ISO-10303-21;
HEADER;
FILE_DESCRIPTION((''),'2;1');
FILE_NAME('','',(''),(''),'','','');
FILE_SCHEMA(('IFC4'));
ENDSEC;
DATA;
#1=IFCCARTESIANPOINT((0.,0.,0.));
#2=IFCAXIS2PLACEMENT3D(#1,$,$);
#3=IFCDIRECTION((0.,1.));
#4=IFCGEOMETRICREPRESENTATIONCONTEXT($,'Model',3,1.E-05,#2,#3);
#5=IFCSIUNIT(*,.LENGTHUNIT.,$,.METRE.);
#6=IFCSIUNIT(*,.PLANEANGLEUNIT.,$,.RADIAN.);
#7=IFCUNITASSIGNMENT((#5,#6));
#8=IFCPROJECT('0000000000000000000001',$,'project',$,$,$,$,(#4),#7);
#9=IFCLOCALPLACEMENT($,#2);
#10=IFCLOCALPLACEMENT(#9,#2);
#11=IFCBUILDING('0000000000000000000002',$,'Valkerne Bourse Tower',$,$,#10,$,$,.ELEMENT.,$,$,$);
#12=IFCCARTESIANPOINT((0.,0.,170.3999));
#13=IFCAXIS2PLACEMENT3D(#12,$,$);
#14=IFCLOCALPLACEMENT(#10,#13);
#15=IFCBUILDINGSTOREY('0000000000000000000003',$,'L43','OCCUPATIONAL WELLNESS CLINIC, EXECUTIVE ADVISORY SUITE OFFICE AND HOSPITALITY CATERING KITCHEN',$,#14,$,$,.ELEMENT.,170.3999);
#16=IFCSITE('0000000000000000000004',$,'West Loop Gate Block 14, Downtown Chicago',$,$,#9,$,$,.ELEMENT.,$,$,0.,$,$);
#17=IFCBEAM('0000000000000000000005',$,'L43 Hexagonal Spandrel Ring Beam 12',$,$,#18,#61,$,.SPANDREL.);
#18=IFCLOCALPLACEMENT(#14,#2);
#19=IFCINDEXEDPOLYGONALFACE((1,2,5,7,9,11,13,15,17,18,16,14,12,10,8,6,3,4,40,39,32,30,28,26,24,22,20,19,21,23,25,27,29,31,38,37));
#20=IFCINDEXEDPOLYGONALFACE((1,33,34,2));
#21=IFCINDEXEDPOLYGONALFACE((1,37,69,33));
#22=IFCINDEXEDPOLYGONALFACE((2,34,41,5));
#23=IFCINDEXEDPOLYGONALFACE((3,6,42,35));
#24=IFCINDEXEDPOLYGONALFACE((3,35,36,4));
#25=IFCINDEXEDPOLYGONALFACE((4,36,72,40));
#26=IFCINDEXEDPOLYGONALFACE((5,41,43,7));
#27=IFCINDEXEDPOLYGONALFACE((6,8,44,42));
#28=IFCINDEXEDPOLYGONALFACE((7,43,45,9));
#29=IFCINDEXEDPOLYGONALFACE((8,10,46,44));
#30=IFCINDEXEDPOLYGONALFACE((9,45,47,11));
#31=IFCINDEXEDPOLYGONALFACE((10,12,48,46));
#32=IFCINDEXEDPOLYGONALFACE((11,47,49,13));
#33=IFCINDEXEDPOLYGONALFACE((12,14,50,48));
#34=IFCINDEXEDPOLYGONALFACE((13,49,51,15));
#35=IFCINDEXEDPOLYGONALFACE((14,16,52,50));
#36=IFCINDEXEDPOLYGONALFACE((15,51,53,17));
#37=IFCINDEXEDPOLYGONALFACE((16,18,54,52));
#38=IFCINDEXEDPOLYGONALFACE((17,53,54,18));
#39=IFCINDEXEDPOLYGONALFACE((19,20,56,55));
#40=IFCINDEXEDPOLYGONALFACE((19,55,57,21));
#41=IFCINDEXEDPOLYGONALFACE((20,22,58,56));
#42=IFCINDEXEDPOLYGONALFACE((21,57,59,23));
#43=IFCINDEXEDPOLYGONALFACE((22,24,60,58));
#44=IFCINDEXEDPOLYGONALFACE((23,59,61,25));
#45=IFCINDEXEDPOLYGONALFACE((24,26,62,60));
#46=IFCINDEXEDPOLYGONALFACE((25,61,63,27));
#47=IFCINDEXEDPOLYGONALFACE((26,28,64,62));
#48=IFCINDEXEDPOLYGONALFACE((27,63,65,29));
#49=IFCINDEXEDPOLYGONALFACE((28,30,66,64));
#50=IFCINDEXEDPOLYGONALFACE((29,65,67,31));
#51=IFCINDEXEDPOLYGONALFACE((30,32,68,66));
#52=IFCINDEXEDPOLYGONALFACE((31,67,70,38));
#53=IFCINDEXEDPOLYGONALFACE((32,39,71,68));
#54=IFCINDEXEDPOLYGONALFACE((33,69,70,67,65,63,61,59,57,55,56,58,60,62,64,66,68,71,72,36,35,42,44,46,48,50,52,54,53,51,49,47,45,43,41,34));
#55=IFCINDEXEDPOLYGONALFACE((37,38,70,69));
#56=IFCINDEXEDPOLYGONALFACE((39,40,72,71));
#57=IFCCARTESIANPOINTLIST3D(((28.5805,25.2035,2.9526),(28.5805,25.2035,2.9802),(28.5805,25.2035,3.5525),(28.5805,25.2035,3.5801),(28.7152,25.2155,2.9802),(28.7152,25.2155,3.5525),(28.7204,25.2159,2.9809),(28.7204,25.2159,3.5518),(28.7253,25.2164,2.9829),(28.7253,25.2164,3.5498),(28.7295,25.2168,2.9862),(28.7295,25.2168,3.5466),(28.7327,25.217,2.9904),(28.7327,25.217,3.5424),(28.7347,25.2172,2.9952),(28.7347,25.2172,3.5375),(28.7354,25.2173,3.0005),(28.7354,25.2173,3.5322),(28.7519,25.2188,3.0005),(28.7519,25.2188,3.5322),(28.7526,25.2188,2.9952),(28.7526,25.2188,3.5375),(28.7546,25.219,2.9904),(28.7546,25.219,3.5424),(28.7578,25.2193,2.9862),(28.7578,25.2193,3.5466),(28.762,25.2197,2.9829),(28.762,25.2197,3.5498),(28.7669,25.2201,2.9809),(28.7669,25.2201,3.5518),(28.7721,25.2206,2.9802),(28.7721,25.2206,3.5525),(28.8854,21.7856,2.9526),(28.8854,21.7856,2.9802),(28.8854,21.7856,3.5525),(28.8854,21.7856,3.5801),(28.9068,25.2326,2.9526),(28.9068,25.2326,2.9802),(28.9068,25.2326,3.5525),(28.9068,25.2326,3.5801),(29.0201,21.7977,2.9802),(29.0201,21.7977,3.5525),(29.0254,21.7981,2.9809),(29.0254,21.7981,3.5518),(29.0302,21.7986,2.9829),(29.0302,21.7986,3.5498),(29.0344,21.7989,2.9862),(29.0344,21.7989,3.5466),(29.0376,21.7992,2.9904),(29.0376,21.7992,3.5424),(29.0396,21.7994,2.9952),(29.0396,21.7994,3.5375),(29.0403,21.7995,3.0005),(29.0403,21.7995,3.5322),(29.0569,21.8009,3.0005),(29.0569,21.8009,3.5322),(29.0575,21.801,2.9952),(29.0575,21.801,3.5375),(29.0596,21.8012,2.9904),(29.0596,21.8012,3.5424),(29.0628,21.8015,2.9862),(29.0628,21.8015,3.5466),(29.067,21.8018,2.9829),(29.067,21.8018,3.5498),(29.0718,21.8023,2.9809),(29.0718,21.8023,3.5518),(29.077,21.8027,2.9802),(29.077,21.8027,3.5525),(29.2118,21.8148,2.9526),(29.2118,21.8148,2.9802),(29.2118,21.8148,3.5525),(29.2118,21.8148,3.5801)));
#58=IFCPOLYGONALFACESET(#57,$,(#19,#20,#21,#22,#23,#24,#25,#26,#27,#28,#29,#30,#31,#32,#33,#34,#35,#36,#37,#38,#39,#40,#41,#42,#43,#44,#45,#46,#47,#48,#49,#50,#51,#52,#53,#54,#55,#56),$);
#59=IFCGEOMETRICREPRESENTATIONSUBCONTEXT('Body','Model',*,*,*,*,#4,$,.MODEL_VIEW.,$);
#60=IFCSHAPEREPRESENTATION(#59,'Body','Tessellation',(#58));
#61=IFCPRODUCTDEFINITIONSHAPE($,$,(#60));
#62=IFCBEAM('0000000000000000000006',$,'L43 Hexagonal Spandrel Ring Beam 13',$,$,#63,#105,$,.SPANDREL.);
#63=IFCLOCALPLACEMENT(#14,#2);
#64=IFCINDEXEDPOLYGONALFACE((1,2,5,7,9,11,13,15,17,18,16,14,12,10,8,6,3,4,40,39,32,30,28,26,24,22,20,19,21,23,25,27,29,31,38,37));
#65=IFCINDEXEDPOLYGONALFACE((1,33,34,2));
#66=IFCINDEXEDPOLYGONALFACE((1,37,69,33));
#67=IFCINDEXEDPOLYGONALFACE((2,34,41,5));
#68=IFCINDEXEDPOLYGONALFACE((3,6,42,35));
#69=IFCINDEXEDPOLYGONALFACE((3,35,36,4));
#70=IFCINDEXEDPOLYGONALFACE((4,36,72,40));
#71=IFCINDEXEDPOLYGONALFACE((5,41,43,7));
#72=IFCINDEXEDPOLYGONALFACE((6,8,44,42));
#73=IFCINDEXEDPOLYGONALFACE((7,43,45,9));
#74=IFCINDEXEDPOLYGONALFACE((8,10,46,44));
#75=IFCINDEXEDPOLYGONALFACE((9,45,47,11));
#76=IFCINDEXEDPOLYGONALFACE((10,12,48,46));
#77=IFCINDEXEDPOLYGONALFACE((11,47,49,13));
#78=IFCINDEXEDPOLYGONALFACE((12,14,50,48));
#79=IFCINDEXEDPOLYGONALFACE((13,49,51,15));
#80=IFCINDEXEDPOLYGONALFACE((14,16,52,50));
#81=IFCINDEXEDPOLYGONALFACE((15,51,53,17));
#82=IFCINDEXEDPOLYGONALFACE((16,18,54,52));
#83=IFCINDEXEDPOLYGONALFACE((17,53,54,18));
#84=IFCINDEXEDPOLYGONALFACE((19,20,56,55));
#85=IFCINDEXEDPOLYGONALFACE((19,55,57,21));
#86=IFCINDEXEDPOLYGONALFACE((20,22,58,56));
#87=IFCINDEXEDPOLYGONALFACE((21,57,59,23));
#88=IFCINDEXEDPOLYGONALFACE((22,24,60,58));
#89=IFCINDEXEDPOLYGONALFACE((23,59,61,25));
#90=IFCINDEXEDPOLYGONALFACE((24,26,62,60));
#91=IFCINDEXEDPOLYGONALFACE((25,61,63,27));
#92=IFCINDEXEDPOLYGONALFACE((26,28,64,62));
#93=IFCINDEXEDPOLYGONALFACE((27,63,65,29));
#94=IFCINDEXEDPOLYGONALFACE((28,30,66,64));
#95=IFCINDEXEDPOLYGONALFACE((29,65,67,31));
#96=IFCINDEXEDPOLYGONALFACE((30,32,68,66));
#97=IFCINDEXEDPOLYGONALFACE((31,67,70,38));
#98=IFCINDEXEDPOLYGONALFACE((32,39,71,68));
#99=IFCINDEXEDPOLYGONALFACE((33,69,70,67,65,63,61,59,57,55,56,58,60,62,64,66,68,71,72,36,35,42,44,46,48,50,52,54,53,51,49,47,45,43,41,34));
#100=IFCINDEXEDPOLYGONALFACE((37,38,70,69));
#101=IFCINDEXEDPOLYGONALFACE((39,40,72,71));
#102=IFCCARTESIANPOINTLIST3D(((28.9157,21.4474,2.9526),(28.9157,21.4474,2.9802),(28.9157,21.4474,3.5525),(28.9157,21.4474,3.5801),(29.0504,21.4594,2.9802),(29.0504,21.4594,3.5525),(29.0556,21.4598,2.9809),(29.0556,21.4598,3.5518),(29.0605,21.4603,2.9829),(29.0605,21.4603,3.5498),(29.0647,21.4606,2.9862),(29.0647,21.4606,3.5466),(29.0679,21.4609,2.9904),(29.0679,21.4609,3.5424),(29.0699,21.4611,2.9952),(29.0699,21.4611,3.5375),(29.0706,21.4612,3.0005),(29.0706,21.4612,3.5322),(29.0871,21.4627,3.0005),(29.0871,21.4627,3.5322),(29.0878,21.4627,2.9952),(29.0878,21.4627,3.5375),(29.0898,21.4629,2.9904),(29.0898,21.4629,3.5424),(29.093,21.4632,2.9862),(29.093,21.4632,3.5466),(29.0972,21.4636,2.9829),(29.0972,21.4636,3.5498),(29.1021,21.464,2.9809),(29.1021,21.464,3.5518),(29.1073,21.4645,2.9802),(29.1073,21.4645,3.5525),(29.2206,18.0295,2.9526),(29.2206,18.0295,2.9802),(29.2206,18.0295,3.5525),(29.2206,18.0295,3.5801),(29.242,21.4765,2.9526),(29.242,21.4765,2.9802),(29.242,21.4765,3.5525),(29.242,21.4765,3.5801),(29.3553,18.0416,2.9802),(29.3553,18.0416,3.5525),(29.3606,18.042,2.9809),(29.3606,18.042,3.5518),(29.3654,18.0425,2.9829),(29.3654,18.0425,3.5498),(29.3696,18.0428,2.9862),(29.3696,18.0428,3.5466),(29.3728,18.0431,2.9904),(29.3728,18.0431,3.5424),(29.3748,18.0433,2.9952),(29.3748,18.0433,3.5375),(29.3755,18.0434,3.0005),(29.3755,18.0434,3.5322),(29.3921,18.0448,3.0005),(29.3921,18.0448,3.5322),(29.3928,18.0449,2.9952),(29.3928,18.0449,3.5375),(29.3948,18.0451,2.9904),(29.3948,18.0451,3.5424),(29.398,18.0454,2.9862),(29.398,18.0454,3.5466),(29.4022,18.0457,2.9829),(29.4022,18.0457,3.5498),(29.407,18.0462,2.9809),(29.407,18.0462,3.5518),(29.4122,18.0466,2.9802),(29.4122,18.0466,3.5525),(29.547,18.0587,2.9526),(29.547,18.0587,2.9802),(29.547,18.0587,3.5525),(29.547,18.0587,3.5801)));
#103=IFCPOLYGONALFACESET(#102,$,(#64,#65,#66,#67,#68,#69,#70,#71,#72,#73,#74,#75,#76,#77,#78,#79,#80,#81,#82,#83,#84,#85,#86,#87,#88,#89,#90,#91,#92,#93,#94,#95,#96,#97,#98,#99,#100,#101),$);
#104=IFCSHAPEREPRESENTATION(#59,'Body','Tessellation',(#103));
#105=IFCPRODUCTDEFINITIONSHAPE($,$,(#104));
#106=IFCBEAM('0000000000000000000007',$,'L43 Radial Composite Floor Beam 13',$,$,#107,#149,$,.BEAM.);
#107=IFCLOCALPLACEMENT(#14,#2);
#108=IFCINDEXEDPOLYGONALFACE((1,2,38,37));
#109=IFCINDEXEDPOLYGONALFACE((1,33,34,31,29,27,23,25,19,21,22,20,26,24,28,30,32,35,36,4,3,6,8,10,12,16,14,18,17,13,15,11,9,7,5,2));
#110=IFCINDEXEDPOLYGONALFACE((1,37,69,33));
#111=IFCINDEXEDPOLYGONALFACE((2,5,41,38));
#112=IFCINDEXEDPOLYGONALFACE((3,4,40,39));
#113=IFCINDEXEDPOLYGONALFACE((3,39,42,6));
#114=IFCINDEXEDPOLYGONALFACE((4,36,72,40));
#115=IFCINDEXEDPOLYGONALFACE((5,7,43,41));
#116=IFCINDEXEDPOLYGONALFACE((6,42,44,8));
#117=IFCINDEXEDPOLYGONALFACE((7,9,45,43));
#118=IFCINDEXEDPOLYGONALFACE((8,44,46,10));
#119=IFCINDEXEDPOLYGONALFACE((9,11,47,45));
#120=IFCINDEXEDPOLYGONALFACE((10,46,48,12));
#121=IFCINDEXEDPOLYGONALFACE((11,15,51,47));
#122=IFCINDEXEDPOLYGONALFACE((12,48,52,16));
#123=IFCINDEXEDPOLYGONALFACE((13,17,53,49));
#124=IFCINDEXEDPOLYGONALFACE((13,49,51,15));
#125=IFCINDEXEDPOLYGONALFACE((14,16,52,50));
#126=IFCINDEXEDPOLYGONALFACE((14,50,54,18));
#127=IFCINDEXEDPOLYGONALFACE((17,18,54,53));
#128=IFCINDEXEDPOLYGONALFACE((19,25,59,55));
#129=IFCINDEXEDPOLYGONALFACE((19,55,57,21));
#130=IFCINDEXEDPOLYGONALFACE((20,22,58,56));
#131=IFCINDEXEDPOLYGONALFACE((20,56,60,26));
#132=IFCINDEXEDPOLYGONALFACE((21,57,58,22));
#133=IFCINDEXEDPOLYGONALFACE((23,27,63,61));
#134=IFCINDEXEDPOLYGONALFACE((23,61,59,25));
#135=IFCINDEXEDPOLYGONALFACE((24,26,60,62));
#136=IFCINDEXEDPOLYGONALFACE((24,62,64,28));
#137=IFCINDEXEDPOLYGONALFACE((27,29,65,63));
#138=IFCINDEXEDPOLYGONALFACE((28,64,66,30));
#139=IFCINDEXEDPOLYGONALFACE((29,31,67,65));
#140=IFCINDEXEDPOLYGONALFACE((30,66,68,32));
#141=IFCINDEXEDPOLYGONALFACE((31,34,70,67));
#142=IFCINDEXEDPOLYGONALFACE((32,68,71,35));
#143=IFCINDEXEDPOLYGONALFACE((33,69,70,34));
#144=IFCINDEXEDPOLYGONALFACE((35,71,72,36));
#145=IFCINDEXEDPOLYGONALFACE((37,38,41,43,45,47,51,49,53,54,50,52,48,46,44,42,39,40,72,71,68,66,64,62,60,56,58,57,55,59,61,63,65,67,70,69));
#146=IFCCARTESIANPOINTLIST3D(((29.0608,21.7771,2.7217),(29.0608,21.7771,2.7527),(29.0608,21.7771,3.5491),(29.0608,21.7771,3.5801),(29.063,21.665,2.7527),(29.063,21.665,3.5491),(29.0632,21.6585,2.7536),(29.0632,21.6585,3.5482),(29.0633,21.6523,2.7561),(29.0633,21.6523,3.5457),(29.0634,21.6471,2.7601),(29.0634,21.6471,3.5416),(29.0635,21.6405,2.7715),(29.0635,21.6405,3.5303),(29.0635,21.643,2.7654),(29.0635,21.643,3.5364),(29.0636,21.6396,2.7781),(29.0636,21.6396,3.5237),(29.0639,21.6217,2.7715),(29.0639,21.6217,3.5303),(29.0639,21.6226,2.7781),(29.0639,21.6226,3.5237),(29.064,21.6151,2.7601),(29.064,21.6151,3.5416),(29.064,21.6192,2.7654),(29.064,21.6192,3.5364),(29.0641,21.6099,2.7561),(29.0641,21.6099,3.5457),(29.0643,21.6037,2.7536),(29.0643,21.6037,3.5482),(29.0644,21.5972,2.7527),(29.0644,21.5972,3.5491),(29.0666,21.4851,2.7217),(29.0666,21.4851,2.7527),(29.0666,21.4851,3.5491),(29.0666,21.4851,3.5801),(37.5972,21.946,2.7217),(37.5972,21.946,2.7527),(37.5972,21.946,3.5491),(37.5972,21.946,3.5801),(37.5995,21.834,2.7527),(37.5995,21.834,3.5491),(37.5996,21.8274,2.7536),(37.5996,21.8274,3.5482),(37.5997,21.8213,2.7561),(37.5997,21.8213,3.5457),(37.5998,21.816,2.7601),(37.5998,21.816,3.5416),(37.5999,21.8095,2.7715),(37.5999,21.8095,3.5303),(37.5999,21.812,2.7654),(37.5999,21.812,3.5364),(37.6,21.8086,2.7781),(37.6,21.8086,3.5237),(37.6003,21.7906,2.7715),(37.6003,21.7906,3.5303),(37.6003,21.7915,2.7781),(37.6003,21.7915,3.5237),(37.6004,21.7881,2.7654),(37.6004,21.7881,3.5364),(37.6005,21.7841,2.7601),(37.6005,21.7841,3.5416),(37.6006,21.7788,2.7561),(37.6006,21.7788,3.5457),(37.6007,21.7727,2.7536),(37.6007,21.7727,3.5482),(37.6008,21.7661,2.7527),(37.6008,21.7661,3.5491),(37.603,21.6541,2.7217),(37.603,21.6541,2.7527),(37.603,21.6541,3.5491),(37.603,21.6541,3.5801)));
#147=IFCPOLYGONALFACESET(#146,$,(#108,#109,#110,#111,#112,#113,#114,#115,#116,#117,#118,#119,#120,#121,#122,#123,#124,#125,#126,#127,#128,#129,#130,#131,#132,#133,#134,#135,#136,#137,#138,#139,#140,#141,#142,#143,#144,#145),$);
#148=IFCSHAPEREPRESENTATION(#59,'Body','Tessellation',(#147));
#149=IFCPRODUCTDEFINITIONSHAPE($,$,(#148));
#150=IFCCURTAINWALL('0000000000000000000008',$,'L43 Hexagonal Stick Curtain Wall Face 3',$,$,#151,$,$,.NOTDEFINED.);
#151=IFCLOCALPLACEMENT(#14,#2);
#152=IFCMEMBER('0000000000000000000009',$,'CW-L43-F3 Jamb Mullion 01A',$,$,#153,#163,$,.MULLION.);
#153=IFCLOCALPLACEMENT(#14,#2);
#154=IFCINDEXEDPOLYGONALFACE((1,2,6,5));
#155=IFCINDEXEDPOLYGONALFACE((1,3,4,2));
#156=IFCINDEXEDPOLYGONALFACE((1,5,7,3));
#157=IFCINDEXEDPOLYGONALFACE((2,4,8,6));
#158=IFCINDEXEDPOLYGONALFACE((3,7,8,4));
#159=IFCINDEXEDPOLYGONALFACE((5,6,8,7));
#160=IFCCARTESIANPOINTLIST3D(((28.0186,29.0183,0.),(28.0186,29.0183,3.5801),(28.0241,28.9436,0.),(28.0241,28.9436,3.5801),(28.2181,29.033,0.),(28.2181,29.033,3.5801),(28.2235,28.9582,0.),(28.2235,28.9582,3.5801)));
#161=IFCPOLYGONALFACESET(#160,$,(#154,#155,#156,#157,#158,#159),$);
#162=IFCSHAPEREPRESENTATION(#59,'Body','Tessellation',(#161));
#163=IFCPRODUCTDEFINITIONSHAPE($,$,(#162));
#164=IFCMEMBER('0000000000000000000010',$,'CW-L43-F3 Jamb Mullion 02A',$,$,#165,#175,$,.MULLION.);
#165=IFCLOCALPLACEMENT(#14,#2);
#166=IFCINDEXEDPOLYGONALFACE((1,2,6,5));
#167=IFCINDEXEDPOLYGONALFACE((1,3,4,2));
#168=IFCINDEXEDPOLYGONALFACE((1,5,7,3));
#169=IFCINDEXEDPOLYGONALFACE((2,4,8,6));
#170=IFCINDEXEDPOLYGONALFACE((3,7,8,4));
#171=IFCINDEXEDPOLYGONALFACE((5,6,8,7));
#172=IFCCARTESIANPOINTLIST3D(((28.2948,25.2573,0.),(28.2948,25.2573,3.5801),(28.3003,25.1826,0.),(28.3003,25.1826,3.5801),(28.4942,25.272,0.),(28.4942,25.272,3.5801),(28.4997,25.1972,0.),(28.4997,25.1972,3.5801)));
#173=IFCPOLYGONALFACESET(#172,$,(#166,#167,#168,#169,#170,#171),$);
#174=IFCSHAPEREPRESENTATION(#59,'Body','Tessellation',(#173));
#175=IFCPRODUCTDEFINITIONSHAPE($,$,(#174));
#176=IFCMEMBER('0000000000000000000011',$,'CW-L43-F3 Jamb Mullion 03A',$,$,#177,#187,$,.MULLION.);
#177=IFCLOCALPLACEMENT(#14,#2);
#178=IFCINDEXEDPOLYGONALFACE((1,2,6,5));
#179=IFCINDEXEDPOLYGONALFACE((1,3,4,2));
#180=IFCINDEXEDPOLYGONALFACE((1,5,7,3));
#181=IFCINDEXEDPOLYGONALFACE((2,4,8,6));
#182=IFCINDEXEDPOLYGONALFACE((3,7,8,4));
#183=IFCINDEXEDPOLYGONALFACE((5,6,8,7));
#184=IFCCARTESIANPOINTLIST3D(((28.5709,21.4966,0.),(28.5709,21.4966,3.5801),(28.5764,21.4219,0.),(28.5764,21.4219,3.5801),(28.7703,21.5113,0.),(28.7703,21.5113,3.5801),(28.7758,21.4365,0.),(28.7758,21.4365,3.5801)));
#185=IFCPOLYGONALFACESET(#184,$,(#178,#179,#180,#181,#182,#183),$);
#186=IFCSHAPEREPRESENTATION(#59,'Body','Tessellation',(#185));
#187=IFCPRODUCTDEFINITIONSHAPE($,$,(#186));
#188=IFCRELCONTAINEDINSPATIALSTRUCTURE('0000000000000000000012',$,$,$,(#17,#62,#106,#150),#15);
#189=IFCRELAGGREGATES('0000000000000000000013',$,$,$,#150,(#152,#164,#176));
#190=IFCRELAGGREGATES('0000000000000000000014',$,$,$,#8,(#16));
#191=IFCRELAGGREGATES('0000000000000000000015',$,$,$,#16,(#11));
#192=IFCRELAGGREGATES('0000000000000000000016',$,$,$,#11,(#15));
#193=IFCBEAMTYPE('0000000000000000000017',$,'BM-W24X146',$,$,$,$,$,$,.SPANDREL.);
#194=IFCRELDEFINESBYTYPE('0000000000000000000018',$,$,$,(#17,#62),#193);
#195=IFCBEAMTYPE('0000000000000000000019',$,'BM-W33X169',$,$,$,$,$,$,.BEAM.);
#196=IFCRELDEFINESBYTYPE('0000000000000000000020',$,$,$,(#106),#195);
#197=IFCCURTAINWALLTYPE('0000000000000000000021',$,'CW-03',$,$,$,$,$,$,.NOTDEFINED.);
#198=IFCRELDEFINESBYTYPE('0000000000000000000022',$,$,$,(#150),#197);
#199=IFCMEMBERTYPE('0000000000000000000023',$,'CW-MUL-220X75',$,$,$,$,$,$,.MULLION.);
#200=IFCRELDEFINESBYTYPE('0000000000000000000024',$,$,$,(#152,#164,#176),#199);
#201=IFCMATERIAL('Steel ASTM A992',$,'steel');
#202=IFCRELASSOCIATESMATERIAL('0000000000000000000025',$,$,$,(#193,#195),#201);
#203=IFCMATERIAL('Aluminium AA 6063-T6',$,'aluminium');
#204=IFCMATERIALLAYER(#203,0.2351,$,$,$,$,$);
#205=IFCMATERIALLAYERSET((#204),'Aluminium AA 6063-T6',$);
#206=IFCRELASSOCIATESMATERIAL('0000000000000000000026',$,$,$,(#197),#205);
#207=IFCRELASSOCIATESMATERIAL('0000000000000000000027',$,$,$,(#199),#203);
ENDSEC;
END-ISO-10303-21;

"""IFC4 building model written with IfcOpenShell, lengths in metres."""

from ifc_helpers import new_model, si_unit, direction, frame, origin, origin_2d, place, context, subcontext, project, spatial, rectangle, i_section, extrude, material, layer, layer_set, material_profile, profile_set, type_object, element, aggregate, save


model = new_model("IFC4")

# Units and contexts
model_context = context("Model", 3, precision=1e-05, world=origin(), true_north=direction((0.0, 1.0)))
body_context = subcontext(model_context, "Body", "Model", "MODEL_VIEW")
ifc_project = project(units=[si_unit("LENGTHUNIT", "METRE"), si_unit("PLANEANGLEUNIT", "RADIAN")], contexts=[model_context])

# Site, building, storey
site_placement = place(None, origin())
site = spatial("IfcSite", under=ifc_project, at=site_placement, Name="West Loop Gate Block 14, Downtown Chicago", CompositionType="ELEMENT", RefElevation=0.0)
building_placement = place(site_placement, origin())
building = spatial("IfcBuilding", under=site, at=building_placement, Name="Valkerne Bourse Tower", CompositionType="ELEMENT")
storey_placement = place(building_placement, frame((0.0, 0.0, 170.3999)))
storey = spatial("IfcBuildingStorey", under=building, at=storey_placement, Name="L43", Description="OCCUPATIONAL WELLNESS CLINIC, EXECUTIVE ADVISORY SUITE OFFICE AND HOSPITALITY CATERING KITCHEN", CompositionType="ELEMENT", Elevation=170.3999)

# Beams
ifc_material_1 = material(Name="Steel ASTM A992", Category="steel")
ifc_material_profile_1 = material_profile(ifc_material_1, i_section(OverallWidth=0.3276, OverallDepth=0.6274, WebThickness=0.0166, FlangeThickness=0.0276, FilletRadius=0.0203, at=origin_2d()), Name="W24X146")
ifc_profile_set_1 = profile_set([ifc_material_profile_1], Name="Steel ASTM A992")
beam_type_1 = type_object("IfcBeamType", Name="BM-W24X146", PredefinedType="SPANDREL", material=ifc_profile_set_1)
for number, where, z_axis, x_axis, name in (
    (1, (28.7437, 25.218, 3.2664), (0.088868, -0.996043, 0.0), (0.996043, 0.088868, 0.0), "L43 Hexagonal Spandrel Ring Beam 12"),
    (2, (29.0789, 21.4619, 3.2664), (0.088868, -0.996043, 0.0), (0.996043, 0.088868, 0.0), "L43 Hexagonal Spandrel Ring Beam 13"),
):
    element("IfcBeam", number, at=place(storey_placement, frame(where, z_axis=z_axis, x_axis=x_axis)), inside=storey, type_object=beam_type_1, Name=name, PredefinedType="SPANDREL", context=body_context, shape_type="SweptSolid", body=[
        extrude(i_section(OverallWidth=0.3276, OverallDepth=0.6274, WebThickness=0.0166, FlangeThickness=0.0276, FilletRadius=0.0203, at=origin_2d()), origin(), (0.0, 0.0, 1.0), 3.4314),
    ])
ifc_material_profile_2 = material_profile(ifc_material_1, i_section(OverallWidth=0.292, OverallDepth=0.8584, WebThickness=0.0171, FlangeThickness=0.031, FilletRadius=0.0254, at=origin_2d()), Name="W33X169")
ifc_profile_set_2 = profile_set([ifc_material_profile_2], Name="Steel ASTM A992")
beam_type_2 = type_object("IfcBeamType", Name="BM-W33X169", PredefinedType="BEAM", material=ifc_profile_set_2)
beam_1_placement = place(storey_placement, frame((29.0637, 21.6311, 3.1509), z_axis=(0.999804, 0.019787, 0.0), x_axis=(-0.019787, 0.999804, 0.0)))
element("IfcBeam", 3, at=beam_1_placement, inside=storey, type_object=beam_type_2, Name="L43 Radial Composite Floor Beam 13", PredefinedType="BEAM", context=body_context, shape_type="SweptSolid", body=[
    extrude(i_section(OverallWidth=0.292, OverallDepth=0.8584, WebThickness=0.0171, FlangeThickness=0.031, FilletRadius=0.0254, at=origin_2d()), origin(), (0.0, 0.0, 1.0), 8.5381),
])

# Curtain wall, members
ifc_material_2 = material(Name="Aluminium AA 6063-T6", Category="aluminium")
ifc_layer_1 = layer(ifc_material_2, 0.2351)
ifc_layer_set_1 = layer_set([ifc_layer_1], Name="Aluminium AA 6063-T6")
curtain_wall_type = type_object("IfcCurtainWallType", Name="CW-03", PredefinedType="NOTDEFINED", material=ifc_layer_set_1)
curtain_wall_placement = place(storey_placement, origin())
curtain_wall = element("IfcCurtainWall", 4, at=curtain_wall_placement, inside=storey, type_object=curtain_wall_type, Name="L43 Hexagonal Stick Curtain Wall Face 3", PredefinedType="NOTDEFINED")
ifc_material_profile_3 = material_profile(ifc_material_2, rectangle(XDim=0.075, YDim=0.2, at=origin_2d()), Name="CWM-75X200")
ifc_profile_set_3 = profile_set([ifc_material_profile_3], Name="Aluminium AA 6063-T6")
member_type_1 = type_object("IfcMemberType", Name="CW-MUL-220X75", PredefinedType="MULLION", material=ifc_profile_set_3)
member_1_placement = place(storey_placement, frame((28.1211, 28.9883, 0.0), z_axis=(0.0, 0.0, 1.0), x_axis=(0.073243, -0.997314, 0.0)))
member_1 = element("IfcMember", 5, at=member_1_placement, type_object=member_type_1, Name="CW-L43-F3 Jamb Mullion 01A", PredefinedType="MULLION", context=body_context, shape_type="SweptSolid", body=[
    extrude(rectangle(XDim=0.075, YDim=0.2, at=origin_2d()), origin(), (0.0, 0.0, 1.0), 3.5801),
])
member_2_placement = place(storey_placement, frame((28.3972, 25.2273, 0.0), z_axis=(0.0, 0.0, 1.0), x_axis=(0.073243, -0.997314, 0.0)))
member_2 = element("IfcMember", 6, at=member_2_placement, type_object=member_type_1, Name="CW-L43-F3 Jamb Mullion 02A", PredefinedType="MULLION", context=body_context, shape_type="SweptSolid", body=[
    extrude(rectangle(XDim=0.075, YDim=0.2, at=origin_2d()), origin(), (0.0, 0.0, 1.0), 3.5801),
])
member_3_placement = place(storey_placement, frame((28.6733, 21.4666, 0.0), z_axis=(0.0, 0.0, 1.0), x_axis=(0.073245, -0.997314, 0.0)))
member_3 = element("IfcMember", 7, at=member_3_placement, type_object=member_type_1, Name="CW-L43-F3 Jamb Mullion 03A", PredefinedType="MULLION", context=body_context, shape_type="SweptSolid", body=[
    extrude(rectangle(XDim=0.075, YDim=0.2, at=origin_2d()), origin(), (0.0, 0.0, 1.0), 3.5801),
])

aggregate(curtain_wall, [member_1, member_2, member_3])

save(model, "model.ifc")
